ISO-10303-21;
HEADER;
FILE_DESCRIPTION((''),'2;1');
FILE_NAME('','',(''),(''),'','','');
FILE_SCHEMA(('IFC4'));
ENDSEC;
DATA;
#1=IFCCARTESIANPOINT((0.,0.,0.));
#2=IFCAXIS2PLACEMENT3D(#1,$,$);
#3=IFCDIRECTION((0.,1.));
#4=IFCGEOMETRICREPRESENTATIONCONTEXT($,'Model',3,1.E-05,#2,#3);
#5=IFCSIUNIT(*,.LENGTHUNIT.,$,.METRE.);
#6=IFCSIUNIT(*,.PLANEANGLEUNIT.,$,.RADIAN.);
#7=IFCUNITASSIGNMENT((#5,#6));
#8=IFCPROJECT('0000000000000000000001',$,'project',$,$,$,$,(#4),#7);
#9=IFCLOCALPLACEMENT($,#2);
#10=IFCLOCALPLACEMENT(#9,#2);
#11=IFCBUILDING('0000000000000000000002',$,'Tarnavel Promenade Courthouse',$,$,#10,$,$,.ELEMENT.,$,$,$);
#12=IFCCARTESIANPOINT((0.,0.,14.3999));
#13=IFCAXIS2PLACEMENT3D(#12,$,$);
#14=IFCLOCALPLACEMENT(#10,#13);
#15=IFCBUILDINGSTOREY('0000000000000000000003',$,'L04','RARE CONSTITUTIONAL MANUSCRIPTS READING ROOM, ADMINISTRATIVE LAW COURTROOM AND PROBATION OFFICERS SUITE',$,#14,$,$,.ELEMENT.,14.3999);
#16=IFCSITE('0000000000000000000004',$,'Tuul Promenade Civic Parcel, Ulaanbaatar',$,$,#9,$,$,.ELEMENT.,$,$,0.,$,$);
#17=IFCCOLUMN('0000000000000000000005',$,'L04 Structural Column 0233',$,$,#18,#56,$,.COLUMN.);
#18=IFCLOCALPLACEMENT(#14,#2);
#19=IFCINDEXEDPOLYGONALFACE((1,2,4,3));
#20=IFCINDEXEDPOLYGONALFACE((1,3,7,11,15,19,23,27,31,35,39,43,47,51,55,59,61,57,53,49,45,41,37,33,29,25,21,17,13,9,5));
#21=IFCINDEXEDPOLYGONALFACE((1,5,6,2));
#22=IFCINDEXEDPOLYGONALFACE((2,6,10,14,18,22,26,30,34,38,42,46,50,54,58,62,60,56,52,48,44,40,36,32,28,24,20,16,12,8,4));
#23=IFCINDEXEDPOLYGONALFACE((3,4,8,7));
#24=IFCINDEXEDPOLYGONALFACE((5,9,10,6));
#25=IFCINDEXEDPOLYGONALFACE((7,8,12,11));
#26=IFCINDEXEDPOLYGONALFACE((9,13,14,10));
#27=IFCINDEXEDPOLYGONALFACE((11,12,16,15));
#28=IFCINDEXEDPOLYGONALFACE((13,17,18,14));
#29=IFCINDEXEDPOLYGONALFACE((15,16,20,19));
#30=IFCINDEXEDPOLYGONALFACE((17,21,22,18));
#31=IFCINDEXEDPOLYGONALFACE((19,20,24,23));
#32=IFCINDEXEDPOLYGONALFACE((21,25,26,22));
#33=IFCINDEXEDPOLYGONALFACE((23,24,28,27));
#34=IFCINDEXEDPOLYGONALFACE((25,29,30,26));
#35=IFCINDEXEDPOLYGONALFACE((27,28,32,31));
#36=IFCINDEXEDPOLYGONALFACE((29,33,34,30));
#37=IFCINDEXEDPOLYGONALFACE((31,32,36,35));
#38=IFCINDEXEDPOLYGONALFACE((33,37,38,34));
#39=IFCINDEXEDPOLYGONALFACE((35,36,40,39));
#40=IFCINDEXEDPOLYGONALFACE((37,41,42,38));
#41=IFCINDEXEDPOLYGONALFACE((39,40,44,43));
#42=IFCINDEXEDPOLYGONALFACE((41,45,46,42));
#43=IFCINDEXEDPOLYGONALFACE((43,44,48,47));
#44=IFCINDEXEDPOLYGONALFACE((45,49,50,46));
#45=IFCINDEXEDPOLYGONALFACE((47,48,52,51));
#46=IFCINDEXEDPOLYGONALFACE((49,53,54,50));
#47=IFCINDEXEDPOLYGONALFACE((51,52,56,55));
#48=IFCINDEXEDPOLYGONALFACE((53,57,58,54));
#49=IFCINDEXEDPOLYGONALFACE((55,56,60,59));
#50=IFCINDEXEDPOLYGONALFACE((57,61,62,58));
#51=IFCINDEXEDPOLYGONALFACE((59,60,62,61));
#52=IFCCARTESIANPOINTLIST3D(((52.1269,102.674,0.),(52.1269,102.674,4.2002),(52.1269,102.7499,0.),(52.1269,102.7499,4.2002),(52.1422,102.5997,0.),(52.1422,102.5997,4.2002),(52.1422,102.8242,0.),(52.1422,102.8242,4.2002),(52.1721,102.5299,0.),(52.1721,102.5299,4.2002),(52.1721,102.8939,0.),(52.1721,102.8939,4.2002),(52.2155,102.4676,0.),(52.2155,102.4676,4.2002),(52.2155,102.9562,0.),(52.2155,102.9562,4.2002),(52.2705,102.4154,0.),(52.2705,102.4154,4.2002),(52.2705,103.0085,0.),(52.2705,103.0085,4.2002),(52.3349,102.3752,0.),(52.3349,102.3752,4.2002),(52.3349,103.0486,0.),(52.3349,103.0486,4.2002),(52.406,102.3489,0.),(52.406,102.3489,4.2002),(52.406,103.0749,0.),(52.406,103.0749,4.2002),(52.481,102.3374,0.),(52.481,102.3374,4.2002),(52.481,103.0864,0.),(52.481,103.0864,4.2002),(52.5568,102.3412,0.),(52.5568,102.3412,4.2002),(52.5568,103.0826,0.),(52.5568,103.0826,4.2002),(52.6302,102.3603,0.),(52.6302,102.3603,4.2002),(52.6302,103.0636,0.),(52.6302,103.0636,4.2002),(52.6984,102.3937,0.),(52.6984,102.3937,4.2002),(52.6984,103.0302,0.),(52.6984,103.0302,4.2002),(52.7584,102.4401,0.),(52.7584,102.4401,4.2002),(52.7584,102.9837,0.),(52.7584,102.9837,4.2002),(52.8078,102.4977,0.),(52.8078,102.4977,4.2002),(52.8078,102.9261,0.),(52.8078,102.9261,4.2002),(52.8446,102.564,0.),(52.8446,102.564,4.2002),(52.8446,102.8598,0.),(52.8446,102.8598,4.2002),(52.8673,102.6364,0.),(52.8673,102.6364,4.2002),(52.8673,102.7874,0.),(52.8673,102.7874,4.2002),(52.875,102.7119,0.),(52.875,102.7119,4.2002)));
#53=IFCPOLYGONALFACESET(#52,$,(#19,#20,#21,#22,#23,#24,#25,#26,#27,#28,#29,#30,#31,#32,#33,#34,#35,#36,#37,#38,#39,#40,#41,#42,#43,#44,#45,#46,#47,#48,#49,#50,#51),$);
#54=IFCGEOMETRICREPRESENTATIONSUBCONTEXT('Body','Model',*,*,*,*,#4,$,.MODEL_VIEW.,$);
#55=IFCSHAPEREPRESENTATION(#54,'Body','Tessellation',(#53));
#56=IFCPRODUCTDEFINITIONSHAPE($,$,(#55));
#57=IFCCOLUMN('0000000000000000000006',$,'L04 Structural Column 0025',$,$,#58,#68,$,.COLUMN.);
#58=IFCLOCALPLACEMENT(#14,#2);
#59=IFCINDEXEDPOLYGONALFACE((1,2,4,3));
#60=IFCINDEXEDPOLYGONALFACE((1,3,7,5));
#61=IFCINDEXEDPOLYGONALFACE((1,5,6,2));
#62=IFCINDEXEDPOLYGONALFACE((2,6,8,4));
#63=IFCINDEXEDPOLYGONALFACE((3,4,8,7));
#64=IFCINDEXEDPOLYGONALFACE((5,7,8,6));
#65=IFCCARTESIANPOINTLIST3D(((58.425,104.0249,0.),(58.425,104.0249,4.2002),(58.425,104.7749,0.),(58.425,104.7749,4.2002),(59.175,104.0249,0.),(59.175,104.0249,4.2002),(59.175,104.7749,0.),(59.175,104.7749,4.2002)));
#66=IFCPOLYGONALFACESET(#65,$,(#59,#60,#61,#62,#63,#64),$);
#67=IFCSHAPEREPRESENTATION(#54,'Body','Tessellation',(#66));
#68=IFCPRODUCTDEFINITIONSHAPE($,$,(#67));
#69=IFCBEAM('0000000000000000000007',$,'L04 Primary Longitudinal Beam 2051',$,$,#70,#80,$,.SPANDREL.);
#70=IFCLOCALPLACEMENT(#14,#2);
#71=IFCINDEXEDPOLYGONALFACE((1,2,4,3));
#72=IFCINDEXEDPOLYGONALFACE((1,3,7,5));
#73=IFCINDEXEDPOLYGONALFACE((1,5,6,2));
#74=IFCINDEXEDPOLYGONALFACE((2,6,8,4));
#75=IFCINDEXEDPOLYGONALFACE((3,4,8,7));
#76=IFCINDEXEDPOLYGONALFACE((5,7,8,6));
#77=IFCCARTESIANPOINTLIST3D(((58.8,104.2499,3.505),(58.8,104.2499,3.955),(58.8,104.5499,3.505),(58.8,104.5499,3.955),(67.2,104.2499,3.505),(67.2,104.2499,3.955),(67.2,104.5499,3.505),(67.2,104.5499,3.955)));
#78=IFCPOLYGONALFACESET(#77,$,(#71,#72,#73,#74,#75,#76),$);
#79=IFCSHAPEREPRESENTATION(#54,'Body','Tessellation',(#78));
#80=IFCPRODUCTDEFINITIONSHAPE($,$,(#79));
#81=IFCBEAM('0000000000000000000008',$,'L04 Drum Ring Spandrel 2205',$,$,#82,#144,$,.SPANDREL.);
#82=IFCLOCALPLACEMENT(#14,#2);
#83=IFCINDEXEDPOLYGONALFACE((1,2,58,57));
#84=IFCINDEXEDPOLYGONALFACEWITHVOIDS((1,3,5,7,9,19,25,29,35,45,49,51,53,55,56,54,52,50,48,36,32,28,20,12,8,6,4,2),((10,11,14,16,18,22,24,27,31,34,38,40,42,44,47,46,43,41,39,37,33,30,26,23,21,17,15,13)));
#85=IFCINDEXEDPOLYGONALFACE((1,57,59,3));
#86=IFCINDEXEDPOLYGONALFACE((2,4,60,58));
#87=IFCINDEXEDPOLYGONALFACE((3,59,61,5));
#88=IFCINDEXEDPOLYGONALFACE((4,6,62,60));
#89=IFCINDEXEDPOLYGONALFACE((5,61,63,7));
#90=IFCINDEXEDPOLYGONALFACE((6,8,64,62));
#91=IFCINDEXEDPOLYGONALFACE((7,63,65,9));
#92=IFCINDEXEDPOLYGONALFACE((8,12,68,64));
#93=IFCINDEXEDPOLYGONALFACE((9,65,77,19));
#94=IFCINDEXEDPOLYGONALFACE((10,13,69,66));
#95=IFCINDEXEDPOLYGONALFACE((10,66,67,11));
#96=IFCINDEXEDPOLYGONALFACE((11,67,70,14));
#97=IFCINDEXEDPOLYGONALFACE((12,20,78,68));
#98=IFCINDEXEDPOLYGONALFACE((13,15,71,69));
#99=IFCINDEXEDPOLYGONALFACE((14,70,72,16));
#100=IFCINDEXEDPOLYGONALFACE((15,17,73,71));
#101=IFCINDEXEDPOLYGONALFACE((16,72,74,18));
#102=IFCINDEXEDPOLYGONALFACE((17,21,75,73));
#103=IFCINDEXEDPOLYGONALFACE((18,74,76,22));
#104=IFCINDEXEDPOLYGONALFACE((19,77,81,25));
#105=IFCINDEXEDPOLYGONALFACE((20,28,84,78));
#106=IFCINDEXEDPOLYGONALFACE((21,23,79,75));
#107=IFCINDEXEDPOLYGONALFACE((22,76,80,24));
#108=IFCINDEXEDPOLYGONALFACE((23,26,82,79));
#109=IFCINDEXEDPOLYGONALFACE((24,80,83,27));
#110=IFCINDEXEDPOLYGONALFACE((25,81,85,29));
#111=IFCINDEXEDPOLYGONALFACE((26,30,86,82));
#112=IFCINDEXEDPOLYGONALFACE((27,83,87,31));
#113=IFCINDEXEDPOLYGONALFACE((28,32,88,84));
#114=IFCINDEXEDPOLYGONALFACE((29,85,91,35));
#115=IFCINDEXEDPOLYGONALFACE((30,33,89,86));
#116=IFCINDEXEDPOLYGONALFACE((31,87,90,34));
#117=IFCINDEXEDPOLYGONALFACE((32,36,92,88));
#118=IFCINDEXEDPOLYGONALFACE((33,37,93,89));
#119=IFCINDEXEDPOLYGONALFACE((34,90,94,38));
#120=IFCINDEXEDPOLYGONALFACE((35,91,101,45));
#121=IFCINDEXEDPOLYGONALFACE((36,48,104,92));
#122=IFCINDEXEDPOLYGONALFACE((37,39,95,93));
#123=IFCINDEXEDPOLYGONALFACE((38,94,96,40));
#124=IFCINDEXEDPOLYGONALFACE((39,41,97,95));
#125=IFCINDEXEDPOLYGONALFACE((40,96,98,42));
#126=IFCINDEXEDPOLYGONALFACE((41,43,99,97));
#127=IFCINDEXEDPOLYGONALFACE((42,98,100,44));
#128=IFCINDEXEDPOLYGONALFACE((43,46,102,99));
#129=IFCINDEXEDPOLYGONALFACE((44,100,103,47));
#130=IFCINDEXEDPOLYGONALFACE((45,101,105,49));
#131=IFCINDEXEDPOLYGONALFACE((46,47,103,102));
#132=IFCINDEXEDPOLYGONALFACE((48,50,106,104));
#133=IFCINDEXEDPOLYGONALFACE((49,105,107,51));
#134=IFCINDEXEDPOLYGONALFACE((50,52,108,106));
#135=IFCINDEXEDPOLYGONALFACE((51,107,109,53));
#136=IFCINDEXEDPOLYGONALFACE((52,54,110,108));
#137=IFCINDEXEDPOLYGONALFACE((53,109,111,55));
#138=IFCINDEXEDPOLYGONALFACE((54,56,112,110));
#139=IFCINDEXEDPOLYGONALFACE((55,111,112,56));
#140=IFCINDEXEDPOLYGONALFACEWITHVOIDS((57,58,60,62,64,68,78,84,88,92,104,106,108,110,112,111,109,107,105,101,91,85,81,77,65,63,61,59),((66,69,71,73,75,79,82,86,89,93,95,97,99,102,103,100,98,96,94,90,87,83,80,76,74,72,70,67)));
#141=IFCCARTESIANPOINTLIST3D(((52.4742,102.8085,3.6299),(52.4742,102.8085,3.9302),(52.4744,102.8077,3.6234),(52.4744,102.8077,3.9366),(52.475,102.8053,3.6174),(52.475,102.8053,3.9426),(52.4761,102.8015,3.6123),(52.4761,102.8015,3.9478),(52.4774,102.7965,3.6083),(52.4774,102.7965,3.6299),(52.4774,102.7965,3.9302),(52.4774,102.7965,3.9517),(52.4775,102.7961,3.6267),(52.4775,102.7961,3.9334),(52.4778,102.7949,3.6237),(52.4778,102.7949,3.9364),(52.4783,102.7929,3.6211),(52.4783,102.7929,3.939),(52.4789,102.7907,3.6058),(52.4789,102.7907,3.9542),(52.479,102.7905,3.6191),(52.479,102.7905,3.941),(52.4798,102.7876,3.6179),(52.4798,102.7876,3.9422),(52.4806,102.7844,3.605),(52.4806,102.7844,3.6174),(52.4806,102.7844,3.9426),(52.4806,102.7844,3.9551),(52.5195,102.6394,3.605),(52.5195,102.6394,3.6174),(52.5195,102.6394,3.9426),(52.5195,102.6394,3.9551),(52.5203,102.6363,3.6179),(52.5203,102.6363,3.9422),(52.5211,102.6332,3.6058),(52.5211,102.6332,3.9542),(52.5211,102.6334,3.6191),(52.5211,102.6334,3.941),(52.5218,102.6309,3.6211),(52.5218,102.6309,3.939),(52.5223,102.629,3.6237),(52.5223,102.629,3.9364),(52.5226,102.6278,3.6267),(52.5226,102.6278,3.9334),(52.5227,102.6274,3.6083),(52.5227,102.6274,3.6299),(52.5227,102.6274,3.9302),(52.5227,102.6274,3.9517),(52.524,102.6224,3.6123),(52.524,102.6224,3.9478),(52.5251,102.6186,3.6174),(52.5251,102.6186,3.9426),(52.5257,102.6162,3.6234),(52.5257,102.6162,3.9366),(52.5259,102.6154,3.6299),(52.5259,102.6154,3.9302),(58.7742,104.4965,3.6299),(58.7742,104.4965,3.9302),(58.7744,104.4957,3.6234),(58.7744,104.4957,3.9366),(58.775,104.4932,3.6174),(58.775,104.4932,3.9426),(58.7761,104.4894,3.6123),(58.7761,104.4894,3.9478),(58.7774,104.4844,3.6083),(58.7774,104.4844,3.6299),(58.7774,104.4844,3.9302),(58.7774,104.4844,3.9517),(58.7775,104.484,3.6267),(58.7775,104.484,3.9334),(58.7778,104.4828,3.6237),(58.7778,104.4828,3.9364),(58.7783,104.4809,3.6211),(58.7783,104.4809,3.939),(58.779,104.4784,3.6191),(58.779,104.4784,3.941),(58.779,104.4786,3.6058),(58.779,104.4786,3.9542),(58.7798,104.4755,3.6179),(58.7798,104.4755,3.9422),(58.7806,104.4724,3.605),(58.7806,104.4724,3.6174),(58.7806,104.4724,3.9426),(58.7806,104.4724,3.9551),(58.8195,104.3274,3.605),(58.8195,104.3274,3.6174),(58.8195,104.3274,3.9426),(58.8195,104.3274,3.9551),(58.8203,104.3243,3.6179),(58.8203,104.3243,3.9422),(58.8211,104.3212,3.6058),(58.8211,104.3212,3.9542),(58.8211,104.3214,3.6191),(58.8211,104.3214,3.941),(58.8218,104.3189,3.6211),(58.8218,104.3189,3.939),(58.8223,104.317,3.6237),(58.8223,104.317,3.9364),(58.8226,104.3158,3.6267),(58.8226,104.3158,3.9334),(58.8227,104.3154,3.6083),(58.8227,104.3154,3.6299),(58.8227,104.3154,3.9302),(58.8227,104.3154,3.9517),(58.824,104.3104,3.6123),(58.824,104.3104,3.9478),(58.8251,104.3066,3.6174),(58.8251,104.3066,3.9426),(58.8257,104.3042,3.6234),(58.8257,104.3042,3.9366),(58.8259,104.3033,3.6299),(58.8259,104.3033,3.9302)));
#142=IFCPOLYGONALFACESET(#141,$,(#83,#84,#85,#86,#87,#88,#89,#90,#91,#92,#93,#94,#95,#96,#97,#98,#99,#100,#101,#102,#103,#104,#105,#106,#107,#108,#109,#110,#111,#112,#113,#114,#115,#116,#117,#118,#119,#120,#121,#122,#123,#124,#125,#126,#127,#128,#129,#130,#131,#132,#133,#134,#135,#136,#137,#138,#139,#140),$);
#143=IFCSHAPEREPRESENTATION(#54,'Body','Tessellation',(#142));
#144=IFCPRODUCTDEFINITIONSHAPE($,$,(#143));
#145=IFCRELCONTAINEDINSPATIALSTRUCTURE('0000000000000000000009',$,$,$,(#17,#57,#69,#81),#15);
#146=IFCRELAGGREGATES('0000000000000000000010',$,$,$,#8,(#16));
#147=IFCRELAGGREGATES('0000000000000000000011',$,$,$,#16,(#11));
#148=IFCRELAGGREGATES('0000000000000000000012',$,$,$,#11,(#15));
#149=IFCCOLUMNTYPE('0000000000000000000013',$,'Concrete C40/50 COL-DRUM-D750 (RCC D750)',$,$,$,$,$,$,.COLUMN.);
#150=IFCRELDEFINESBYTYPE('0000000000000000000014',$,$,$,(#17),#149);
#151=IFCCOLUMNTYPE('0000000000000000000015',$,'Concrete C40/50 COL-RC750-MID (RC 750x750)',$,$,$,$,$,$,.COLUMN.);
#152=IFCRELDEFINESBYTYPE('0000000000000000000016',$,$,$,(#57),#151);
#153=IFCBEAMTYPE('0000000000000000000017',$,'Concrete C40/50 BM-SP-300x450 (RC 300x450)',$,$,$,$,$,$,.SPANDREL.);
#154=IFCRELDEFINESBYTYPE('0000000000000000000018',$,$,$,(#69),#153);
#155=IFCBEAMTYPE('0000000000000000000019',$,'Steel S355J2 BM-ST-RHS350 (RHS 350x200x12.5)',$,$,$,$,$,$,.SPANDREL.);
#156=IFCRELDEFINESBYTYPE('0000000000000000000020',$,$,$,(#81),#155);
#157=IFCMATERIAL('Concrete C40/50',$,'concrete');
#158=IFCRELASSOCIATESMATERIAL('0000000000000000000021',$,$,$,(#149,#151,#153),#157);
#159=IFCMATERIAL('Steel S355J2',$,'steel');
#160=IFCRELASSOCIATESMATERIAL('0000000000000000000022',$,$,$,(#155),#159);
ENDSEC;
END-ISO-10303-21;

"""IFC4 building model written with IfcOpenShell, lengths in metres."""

from ifc_helpers import new_model, si_unit, direction, frame, origin, origin_2d, place, context, subcontext, project, spatial, rectangle, hollow_rectangle, circle, extrude, material, material_profile, profile_set, type_object, element, save


model = new_model("IFC4")

# Units and contexts
model_context = context("Model", 3, precision=1e-05, world=origin(), true_north=direction((0.0, 1.0)))
body_context = subcontext(model_context, "Body", "Model", "MODEL_VIEW")
ifc_project = project(units=[si_unit("LENGTHUNIT", "METRE"), si_unit("PLANEANGLEUNIT", "RADIAN")], contexts=[model_context])

# Site, building, storey
site_placement = place(None, origin())
site = spatial("IfcSite", under=ifc_project, at=site_placement, Name="Tuul Promenade Civic Parcel, Ulaanbaatar", CompositionType="ELEMENT", RefElevation=0.0)
building_placement = place(site_placement, origin())
building = spatial("IfcBuilding", under=site, at=building_placement, Name="Tarnavel Promenade Courthouse", CompositionType="ELEMENT")
storey_placement = place(building_placement, frame((0.0, 0.0, 14.3999)))
storey = spatial("IfcBuildingStorey", under=building, at=storey_placement, Name="L04", Description="RARE CONSTITUTIONAL MANUSCRIPTS READING ROOM, ADMINISTRATIVE LAW COURTROOM AND PROBATION OFFICERS SUITE", CompositionType="ELEMENT", Elevation=14.3999)

# Columns
ifc_material_1 = material(Name="Concrete C40/50", Category="concrete")
ifc_material_profile_1 = material_profile(ifc_material_1, circle(Radius=0.375, at=origin_2d()), Name="RCC D750")
ifc_profile_set_1 = profile_set([ifc_material_profile_1], Name="Concrete C40/50")
column_type_1 = type_object("IfcColumnType", Name="Concrete C40/50 COL-DRUM-D750 (RCC D750)", PredefinedType="COLUMN", material=ifc_profile_set_1)
column_1_placement = place(storey_placement, frame((52.5, 102.7119, 0.0), z_axis=(0.0, 0.0, 1.0), x_axis=(1.0, 0.0, 0.0)))
element("IfcColumn", 1, at=column_1_placement, inside=storey, type_object=column_type_1, Name="L04 Structural Column 0233", PredefinedType="COLUMN", context=body_context, shape_type="SweptSolid", body=[
    extrude(circle(Radius=0.375, at=origin_2d()), origin(), (0.0, 0.0, 1.0), 4.2002),
])
ifc_material_profile_2 = material_profile(ifc_material_1, rectangle(XDim=0.75, YDim=0.75, at=origin_2d()), Name="RC 750x750")
ifc_profile_set_2 = profile_set([ifc_material_profile_2], Name="Concrete C40/50")
column_type_2 = type_object("IfcColumnType", Name="Concrete C40/50 COL-RC750-MID (RC 750x750)", PredefinedType="COLUMN", material=ifc_profile_set_2)
column_2_placement = place(storey_placement, frame((58.8, 104.3999, 0.0), z_axis=(0.0, 0.0, 1.0), x_axis=(1.0, 0.0, 0.0)))
element("IfcColumn", 2, at=column_2_placement, inside=storey, type_object=column_type_2, Name="L04 Structural Column 0025", PredefinedType="COLUMN", context=body_context, shape_type="SweptSolid", body=[
    extrude(rectangle(XDim=0.75, YDim=0.75, at=origin_2d()), origin(), (0.0, 0.0, 1.0), 4.2002),
])

# Beams
ifc_material_profile_3 = material_profile(ifc_material_1, rectangle(XDim=0.3, YDim=0.45, at=origin_2d()), Name="RC 300x450")
ifc_profile_set_3 = profile_set([ifc_material_profile_3], Name="Concrete C40/50")
beam_type_1 = type_object("IfcBeamType", Name="Concrete C40/50 BM-SP-300x450 (RC 300x450)", PredefinedType="SPANDREL", material=ifc_profile_set_3)
beam_1_placement = place(storey_placement, frame((58.8, 104.3999, 3.73), z_axis=(1.0, 0.0, 0.0), x_axis=(0.0, 1.0, 0.0)))
element("IfcBeam", 3, at=beam_1_placement, inside=storey, type_object=beam_type_1, Name="L04 Primary Longitudinal Beam 2051", PredefinedType="SPANDREL", context=body_context, shape_type="SweptSolid", body=[
    extrude(rectangle(XDim=0.3, YDim=0.45, at=origin_2d()), origin(), (0.0, 0.0, 1.0), 8.3999),
])
ifc_material_2 = material(Name="Steel S355J2", Category="steel")
ifc_material_profile_4 = material_profile(ifc_material_2, hollow_rectangle(XDim=0.2, YDim=0.3501, WallThickness=0.0125, InnerFilletRadius=0.0125, OuterFilletRadius=0.0249, at=origin_2d()), Name="RHS 350x200x12.5")
ifc_profile_set_4 = profile_set([ifc_material_profile_4], Name="Steel S355J2")
beam_type_2 = type_object("IfcBeamType", Name="Steel S355J2 BM-ST-RHS350 (RHS 350x200x12.5)", PredefinedType="SPANDREL", material=ifc_profile_set_4)
beam_2_placement = place(storey_placement, frame((58.8, 104.3999, 3.78), z_axis=(-0.96593, -0.258804, 0.0), x_axis=(0.258804, -0.96593, 0.0)))
element("IfcBeam", 4, at=beam_2_placement, inside=storey, type_object=beam_type_2, Name="L04 Drum Ring Spandrel 2205", PredefinedType="SPANDREL", context=body_context, shape_type="SweptSolid", body=[
    extrude(hollow_rectangle(XDim=0.2, YDim=0.3501, WallThickness=0.0125, InnerFilletRadius=0.0125, OuterFilletRadius=0.0249, at=origin_2d()), origin(), (0.0, 0.0, 1.0), 6.5222),
])

save(model, "model.ifc")
